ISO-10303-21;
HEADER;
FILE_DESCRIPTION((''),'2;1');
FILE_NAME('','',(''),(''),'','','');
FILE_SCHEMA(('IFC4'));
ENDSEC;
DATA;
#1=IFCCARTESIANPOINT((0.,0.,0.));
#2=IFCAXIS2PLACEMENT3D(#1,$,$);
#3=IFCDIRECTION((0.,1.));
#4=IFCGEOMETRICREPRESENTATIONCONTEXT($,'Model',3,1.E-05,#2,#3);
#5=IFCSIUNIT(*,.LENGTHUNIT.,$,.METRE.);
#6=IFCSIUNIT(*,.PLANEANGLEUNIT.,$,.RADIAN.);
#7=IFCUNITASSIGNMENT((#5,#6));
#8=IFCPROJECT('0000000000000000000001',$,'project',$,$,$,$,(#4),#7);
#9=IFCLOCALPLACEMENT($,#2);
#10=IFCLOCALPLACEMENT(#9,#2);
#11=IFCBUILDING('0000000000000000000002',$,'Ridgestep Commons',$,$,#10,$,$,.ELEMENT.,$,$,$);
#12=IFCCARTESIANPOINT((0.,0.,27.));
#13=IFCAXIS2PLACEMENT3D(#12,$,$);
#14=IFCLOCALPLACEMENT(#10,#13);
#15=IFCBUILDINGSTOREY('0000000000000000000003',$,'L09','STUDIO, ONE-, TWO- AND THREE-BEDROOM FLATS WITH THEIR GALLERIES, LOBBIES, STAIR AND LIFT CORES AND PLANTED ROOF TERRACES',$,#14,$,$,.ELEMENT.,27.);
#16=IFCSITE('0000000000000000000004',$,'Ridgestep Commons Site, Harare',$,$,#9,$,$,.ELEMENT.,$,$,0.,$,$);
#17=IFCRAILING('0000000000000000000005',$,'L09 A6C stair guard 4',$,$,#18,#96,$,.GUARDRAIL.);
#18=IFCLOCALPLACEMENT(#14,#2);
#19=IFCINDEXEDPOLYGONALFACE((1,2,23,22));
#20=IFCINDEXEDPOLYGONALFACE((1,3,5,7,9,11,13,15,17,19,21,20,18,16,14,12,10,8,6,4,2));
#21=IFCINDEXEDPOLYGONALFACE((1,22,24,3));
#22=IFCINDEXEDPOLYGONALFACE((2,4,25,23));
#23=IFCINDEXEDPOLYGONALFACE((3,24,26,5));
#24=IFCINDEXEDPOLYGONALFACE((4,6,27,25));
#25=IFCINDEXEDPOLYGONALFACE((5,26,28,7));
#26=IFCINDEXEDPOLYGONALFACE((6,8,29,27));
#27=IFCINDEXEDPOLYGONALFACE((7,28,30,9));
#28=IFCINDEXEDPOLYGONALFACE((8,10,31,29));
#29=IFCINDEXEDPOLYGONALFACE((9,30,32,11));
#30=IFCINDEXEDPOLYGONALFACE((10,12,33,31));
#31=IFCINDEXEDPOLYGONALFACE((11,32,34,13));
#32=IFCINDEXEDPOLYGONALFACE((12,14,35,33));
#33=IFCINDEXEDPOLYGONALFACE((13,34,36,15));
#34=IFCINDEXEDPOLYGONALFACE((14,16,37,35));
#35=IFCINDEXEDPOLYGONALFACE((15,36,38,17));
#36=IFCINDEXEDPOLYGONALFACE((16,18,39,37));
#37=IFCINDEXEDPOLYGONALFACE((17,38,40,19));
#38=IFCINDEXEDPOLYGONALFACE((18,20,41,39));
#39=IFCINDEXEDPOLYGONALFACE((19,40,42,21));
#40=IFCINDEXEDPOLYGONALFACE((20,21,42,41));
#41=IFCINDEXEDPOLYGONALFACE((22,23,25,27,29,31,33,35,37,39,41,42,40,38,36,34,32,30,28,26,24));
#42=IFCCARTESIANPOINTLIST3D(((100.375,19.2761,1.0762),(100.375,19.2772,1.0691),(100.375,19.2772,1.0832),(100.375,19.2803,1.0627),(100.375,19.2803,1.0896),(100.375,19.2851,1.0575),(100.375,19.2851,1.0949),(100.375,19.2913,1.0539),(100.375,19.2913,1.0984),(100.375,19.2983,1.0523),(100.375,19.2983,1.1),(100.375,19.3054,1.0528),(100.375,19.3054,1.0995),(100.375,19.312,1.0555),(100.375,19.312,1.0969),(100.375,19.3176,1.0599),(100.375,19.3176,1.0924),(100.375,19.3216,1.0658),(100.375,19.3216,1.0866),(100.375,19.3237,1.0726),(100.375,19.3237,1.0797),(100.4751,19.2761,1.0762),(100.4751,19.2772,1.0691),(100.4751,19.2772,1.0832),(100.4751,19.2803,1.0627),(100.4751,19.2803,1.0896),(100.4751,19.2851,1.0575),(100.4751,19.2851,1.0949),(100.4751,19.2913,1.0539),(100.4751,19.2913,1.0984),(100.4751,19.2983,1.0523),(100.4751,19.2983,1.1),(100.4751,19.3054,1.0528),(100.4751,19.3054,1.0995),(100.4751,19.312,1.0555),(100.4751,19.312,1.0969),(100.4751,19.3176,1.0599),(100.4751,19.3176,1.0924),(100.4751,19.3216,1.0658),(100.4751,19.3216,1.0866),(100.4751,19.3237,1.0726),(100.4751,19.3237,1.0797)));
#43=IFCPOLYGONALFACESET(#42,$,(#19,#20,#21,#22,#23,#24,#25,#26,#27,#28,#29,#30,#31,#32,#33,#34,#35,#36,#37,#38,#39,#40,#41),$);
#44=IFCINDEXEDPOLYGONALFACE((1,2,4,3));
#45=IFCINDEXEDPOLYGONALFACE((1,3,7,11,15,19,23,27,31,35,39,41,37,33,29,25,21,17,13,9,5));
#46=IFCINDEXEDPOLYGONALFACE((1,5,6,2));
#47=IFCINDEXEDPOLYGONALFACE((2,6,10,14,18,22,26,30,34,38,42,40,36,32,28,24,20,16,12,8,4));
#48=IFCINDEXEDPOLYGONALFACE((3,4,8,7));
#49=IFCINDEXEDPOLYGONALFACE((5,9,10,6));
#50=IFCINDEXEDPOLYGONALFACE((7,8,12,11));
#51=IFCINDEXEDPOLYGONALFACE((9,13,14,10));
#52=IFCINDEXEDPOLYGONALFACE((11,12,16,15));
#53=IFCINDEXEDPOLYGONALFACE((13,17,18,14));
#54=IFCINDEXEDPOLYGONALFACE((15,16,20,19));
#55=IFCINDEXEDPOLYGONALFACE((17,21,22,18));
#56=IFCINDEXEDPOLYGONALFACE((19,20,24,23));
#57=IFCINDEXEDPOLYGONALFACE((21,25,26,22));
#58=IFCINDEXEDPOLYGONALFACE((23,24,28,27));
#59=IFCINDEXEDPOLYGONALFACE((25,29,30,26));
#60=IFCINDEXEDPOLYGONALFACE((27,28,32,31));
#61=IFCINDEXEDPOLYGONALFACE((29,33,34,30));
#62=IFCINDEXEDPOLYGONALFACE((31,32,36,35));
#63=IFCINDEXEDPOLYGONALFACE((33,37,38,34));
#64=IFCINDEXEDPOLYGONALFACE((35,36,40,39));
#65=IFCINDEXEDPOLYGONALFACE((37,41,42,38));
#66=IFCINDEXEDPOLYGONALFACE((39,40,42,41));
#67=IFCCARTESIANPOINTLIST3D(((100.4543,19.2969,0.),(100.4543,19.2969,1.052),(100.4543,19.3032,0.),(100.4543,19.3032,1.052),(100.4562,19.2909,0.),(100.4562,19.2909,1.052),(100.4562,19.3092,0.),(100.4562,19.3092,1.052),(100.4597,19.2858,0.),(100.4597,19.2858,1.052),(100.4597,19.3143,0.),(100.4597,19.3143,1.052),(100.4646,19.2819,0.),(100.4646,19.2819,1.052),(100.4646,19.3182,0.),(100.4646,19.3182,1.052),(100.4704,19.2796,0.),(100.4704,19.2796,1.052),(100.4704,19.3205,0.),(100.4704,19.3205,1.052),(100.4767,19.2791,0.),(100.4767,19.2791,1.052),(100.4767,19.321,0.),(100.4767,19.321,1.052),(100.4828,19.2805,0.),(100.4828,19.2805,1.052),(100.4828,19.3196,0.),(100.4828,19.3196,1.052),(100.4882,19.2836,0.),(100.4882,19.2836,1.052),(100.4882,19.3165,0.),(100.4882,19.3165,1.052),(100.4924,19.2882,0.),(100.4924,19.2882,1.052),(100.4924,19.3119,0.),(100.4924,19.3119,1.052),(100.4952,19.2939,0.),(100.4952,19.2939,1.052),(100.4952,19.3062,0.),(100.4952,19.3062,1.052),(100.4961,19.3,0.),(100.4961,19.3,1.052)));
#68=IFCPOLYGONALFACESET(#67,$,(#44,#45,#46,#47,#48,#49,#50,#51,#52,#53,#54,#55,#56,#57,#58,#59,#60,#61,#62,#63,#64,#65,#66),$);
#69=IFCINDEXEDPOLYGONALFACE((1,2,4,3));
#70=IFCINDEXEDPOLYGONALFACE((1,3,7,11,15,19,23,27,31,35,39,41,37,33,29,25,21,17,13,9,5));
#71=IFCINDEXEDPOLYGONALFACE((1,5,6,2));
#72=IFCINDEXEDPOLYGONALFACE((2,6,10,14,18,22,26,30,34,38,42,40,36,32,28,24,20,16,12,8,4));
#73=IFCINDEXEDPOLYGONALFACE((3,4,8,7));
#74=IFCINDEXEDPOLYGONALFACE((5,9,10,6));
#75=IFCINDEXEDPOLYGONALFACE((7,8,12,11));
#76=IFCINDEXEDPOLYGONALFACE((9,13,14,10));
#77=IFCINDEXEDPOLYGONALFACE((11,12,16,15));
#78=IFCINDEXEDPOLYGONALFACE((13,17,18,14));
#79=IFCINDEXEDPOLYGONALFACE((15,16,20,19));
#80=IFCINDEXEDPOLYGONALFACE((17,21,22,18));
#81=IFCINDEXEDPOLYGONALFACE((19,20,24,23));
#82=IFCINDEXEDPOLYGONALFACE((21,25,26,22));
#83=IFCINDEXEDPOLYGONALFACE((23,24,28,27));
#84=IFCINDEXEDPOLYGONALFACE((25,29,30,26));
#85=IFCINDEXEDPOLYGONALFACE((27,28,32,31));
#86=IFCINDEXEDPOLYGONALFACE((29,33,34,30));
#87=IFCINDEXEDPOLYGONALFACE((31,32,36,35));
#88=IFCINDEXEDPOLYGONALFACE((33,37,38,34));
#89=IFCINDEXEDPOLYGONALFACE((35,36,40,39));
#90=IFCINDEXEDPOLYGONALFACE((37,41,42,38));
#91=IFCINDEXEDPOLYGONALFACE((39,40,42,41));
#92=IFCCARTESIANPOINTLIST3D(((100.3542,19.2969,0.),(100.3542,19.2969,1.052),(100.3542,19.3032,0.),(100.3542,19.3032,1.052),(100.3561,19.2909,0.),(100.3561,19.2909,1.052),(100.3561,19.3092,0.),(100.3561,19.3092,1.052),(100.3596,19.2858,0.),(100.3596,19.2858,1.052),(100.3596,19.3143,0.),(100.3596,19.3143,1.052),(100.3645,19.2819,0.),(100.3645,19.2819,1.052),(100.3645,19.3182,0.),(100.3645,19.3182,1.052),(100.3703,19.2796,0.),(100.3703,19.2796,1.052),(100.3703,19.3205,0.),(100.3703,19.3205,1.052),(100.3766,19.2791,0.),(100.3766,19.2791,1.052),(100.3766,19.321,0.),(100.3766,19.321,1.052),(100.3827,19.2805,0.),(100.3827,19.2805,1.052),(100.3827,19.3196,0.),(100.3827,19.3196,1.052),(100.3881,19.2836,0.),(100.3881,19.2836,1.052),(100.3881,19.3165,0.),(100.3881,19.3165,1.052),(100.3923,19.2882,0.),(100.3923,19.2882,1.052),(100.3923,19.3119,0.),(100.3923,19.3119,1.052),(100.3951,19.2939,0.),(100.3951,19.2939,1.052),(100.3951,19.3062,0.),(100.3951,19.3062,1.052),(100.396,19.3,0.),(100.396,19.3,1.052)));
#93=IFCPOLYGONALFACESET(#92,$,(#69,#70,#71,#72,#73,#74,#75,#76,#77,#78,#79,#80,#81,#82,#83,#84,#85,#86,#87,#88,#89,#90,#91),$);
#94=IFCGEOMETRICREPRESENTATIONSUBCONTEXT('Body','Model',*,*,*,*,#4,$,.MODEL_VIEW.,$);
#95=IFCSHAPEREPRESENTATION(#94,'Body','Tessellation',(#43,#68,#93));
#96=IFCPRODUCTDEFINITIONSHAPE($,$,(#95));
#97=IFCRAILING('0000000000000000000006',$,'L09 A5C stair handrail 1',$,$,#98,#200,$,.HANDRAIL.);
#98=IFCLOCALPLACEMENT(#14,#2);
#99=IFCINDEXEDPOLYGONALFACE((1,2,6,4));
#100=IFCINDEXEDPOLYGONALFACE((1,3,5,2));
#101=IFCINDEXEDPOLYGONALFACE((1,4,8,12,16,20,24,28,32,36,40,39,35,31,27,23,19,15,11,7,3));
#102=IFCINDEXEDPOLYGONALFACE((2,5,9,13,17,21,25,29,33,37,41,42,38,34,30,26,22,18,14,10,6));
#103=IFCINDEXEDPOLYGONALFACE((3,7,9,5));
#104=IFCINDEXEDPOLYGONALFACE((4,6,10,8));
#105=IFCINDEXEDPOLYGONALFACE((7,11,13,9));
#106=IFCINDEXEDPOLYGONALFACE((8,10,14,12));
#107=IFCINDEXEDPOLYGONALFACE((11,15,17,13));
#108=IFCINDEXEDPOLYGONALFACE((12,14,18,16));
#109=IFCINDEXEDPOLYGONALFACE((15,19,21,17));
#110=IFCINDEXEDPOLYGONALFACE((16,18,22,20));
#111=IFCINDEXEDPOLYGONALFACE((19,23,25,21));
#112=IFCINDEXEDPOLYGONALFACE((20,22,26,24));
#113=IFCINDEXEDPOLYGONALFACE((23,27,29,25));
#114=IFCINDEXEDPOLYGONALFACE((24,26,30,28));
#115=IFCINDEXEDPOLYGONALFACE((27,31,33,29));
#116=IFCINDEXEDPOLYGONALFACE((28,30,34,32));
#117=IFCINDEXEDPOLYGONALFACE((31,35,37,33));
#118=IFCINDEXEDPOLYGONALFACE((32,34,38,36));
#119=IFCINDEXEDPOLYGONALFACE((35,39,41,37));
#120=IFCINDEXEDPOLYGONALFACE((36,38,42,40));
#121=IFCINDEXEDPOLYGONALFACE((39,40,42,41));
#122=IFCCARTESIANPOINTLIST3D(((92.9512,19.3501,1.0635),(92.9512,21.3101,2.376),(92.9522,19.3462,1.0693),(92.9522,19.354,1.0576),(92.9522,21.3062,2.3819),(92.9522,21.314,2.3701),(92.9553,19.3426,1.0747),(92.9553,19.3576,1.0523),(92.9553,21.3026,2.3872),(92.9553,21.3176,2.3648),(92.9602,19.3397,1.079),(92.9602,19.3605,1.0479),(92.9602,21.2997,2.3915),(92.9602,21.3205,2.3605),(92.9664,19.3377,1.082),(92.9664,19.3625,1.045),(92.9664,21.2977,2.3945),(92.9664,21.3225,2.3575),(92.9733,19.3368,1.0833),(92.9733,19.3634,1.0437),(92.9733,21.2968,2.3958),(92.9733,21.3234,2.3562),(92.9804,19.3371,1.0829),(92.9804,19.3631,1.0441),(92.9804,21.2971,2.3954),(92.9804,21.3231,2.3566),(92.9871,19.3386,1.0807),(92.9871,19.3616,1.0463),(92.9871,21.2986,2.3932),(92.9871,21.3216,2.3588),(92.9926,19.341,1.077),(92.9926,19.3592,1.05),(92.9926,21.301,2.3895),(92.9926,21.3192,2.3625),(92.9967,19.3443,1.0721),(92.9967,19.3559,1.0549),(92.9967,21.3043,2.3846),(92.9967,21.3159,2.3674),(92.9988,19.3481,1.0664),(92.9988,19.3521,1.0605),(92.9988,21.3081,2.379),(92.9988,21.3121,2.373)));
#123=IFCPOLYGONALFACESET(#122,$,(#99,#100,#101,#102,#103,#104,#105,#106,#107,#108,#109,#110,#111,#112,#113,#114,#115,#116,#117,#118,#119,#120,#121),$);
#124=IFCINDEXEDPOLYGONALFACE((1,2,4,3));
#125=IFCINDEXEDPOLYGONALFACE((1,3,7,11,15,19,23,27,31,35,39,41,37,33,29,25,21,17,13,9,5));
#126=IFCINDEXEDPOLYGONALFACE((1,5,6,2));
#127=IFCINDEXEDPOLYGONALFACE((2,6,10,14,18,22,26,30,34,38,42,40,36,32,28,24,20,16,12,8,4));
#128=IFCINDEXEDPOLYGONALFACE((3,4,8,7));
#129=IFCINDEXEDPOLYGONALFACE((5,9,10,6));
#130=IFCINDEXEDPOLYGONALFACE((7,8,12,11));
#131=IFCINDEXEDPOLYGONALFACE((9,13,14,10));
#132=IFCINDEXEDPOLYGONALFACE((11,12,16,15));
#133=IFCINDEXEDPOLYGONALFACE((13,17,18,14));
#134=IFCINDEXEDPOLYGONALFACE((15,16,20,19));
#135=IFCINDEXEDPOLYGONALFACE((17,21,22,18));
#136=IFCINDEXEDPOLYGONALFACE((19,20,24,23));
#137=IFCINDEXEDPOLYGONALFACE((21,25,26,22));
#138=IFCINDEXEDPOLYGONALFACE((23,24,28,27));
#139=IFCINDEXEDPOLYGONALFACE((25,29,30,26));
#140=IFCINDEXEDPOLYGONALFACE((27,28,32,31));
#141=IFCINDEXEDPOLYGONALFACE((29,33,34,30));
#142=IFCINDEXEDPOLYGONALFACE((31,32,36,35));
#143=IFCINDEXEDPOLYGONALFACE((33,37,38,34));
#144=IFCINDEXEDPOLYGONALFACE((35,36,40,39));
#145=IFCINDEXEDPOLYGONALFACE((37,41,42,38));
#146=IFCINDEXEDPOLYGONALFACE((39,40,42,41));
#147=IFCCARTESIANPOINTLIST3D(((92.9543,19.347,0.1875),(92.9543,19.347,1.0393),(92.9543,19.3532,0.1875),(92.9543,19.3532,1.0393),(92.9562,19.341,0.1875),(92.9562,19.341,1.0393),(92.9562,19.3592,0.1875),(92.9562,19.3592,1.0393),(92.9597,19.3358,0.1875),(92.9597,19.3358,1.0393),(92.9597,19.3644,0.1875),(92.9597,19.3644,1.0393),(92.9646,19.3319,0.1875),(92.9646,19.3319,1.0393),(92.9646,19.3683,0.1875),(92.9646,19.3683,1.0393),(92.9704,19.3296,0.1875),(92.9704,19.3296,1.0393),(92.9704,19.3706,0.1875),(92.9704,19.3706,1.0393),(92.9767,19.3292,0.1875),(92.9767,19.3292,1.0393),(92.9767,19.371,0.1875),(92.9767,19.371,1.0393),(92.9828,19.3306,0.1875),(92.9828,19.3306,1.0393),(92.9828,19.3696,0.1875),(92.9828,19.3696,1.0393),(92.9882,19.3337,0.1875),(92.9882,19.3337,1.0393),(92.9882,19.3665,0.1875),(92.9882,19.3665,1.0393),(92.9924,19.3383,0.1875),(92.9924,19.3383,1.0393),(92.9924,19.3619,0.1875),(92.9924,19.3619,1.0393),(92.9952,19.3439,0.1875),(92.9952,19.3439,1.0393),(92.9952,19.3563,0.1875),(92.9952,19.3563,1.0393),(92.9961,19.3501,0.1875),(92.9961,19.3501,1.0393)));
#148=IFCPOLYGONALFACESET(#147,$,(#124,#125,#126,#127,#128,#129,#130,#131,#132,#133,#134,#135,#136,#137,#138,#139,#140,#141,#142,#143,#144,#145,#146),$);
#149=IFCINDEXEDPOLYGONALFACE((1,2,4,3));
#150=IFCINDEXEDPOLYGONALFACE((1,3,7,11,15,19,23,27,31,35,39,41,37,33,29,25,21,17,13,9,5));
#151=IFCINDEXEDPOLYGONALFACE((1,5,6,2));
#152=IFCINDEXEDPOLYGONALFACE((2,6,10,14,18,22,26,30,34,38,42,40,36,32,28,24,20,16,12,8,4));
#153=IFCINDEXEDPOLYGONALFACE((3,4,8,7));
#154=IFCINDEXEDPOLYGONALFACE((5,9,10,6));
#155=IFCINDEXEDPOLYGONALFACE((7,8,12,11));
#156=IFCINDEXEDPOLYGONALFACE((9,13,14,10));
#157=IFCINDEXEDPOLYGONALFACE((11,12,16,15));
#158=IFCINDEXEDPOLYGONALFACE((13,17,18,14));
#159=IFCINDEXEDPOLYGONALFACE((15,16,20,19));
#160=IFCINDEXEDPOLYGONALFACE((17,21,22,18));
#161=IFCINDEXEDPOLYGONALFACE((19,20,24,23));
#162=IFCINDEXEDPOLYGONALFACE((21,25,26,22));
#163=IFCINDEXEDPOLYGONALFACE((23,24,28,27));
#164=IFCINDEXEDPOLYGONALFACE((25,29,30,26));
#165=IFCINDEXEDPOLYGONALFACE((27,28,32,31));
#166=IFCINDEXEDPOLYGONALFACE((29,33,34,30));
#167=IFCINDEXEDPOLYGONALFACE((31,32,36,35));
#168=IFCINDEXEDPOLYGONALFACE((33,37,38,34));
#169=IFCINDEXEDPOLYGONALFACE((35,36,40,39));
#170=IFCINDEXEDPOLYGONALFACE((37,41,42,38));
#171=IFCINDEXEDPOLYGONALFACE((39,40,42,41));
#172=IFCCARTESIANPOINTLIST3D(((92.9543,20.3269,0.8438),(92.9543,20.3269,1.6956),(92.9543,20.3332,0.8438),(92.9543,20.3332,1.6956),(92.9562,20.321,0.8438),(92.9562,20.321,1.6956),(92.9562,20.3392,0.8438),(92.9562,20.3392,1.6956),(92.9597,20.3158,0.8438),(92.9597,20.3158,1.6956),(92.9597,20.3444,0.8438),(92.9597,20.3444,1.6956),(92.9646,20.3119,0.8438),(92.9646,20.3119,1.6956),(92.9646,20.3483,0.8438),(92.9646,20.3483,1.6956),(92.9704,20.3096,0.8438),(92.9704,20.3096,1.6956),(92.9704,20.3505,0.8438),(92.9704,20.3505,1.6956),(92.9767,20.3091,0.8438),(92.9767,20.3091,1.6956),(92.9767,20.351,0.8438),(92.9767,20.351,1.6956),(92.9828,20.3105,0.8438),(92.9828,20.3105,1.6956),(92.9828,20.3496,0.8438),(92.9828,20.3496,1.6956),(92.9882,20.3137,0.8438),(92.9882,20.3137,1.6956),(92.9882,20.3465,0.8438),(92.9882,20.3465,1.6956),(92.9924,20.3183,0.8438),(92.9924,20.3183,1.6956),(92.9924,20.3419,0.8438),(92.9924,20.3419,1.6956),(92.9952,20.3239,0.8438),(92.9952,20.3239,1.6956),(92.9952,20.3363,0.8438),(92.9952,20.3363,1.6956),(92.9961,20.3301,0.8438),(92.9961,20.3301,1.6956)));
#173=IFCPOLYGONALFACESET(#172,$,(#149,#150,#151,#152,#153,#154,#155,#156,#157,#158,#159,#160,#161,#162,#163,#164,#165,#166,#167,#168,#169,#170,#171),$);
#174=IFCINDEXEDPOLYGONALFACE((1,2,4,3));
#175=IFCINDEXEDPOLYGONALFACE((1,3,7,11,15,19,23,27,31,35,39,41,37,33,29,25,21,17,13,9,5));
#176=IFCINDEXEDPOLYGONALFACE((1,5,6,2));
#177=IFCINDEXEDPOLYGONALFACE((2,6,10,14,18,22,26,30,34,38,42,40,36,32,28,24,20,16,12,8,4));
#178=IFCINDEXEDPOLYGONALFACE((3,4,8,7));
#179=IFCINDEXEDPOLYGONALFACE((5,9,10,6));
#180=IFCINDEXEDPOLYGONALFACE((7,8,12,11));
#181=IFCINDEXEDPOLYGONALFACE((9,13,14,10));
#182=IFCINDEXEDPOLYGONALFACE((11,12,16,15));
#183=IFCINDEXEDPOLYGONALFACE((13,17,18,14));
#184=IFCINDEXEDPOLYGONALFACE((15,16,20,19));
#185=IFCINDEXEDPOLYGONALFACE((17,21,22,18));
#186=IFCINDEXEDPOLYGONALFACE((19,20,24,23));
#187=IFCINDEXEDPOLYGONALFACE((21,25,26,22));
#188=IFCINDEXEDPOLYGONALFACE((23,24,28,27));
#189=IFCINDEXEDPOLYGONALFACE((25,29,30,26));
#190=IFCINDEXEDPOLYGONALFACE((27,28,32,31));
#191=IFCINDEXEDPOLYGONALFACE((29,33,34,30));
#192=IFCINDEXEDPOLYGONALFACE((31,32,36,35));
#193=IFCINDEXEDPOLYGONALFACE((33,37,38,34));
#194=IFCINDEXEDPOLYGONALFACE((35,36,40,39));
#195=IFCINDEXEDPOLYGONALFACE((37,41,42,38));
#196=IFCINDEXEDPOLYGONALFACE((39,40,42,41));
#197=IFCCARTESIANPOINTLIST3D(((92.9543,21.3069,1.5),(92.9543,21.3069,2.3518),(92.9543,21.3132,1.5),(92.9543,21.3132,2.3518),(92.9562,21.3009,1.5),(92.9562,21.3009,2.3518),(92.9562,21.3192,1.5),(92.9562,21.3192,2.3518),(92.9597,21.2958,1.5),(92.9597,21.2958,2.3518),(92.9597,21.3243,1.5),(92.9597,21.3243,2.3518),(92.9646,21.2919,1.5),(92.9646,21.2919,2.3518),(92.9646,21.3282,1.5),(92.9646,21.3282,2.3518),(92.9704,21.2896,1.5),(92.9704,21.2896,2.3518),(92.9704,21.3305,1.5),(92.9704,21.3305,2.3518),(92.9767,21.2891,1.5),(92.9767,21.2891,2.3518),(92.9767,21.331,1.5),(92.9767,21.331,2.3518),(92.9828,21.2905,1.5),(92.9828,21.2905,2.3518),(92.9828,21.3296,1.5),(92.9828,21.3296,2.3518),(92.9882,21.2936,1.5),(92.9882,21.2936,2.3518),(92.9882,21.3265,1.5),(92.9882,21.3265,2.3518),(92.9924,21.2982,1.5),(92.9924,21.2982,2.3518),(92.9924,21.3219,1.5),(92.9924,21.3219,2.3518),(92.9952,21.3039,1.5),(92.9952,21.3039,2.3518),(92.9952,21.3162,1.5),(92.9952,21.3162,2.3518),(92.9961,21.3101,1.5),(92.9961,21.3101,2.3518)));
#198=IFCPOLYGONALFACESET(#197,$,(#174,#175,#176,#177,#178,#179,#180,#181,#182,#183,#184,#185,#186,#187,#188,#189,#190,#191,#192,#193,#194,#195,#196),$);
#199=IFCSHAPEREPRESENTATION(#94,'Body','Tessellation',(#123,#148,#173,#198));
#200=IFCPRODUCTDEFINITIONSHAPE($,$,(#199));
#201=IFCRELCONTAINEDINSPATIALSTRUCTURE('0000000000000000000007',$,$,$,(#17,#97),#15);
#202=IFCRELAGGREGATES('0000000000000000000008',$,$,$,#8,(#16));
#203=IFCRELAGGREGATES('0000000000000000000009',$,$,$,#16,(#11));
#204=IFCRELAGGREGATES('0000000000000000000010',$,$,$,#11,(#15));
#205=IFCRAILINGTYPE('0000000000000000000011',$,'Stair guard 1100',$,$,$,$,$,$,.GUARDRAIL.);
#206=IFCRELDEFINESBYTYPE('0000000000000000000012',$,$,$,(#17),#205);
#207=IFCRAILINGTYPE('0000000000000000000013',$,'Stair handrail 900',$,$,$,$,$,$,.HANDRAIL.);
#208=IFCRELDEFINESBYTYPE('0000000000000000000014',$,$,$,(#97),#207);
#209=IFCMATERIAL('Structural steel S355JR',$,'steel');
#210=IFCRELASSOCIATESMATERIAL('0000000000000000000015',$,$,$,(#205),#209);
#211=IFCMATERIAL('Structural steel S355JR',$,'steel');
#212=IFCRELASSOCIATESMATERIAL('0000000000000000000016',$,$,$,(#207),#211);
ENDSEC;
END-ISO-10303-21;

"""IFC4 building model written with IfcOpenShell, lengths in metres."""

from ifc_helpers import new_model, si_unit, direction, frame, origin, origin_2d, place, context, subcontext, project, spatial, circle, extrude, material, type_object, element, save


model = new_model("IFC4")

# Units and contexts
model_context = context("Model", 3, precision=1e-05, world=origin(), true_north=direction((0.0, 1.0)))
body_context = subcontext(model_context, "Body", "Model", "MODEL_VIEW")
ifc_project = project(units=[si_unit("LENGTHUNIT", "METRE"), si_unit("PLANEANGLEUNIT", "RADIAN")], contexts=[model_context])

# Site, building, storey
site_placement = place(None, origin())
site = spatial("IfcSite", under=ifc_project, at=site_placement, Name="Ridgestep Commons Site, Harare", CompositionType="ELEMENT", RefElevation=0.0)
building_placement = place(site_placement, origin())
building = spatial("IfcBuilding", under=site, at=building_placement, Name="Ridgestep Commons", CompositionType="ELEMENT")
storey_placement = place(building_placement, frame((0.0, 0.0, 27.0)))
storey = spatial("IfcBuildingStorey", under=building, at=storey_placement, Name="L09", Description="STUDIO, ONE-, TWO- AND THREE-BEDROOM FLATS WITH THEIR GALLERIES, LOBBIES, STAIR AND LIFT CORES AND PLANTED ROOF TERRACES", CompositionType="ELEMENT", Elevation=27.0)

# Railings
ifc_material_1 = material(Name="Structural steel S355JR", Category="steel")
railing_type_1 = type_object("IfcRailingType", Name="Stair guard 1100", PredefinedType="GUARDRAIL", material=ifc_material_1)
railing_1_placement = place(storey_placement, frame((100.4751, 19.3, 0.0)))
element("IfcRailing", 1, at=railing_1_placement, inside=storey, type_object=railing_type_1, Name="L09 A6C stair guard 4", PredefinedType="GUARDRAIL", context=body_context, shape_type="SweptSolid", body=[
    extrude(circle(Radius=0.0239, at=origin_2d()), frame((0.0, 0.0, 1.0762), z_axis=(-1.0, 0.0, 0.0), x_axis=(0.0, -1.0, 0.0)), (0.0, 0.0, 1.0), 0.1001),
    extrude(circle(Radius=0.021, at=origin_2d()), origin(), (0.0, 0.0, 1.0), 1.052),
    extrude(circle(Radius=0.021, at=origin_2d()), frame((-0.1001, 0.0, 0.0)), (0.0, 0.0, 1.0), 1.052),
])
ifc_material_2 = material(Name="Structural steel S355JR", Category="steel")
railing_type_2 = type_object("IfcRailingType", Name="Stair handrail 900", PredefinedType="HANDRAIL", material=ifc_material_2)
railing_2_placement = place(storey_placement, frame((92.9751, 19.3501, 0.1875)))
element("IfcRailing", 2, at=railing_2_placement, inside=storey, type_object=railing_type_2, Name="L09 A5C stair handrail 1", PredefinedType="HANDRAIL", context=body_context, shape_type="SweptSolid", body=[
    extrude(circle(Radius=0.0239, at=origin_2d()), frame((0.0, 0.0, 0.876), z_axis=(0.0, 0.830902, 0.556419), x_axis=(-1.0, 0.0, 0.0)), (0.0, 0.0, 1.0), 2.3589),
    extrude(circle(Radius=0.021, at=origin_2d()), origin(), (0.0, 0.0, 1.0), 0.8518),
    extrude(circle(Radius=0.021, at=origin_2d()), frame((0.0, 0.98, 0.6562)), (0.0, 0.0, 1.0), 0.8518),
    extrude(circle(Radius=0.021, at=origin_2d()), frame((0.0, 1.96, 1.3125)), (0.0, 0.0, 1.0), 0.8518),
])

save(model, "model.ifc")
